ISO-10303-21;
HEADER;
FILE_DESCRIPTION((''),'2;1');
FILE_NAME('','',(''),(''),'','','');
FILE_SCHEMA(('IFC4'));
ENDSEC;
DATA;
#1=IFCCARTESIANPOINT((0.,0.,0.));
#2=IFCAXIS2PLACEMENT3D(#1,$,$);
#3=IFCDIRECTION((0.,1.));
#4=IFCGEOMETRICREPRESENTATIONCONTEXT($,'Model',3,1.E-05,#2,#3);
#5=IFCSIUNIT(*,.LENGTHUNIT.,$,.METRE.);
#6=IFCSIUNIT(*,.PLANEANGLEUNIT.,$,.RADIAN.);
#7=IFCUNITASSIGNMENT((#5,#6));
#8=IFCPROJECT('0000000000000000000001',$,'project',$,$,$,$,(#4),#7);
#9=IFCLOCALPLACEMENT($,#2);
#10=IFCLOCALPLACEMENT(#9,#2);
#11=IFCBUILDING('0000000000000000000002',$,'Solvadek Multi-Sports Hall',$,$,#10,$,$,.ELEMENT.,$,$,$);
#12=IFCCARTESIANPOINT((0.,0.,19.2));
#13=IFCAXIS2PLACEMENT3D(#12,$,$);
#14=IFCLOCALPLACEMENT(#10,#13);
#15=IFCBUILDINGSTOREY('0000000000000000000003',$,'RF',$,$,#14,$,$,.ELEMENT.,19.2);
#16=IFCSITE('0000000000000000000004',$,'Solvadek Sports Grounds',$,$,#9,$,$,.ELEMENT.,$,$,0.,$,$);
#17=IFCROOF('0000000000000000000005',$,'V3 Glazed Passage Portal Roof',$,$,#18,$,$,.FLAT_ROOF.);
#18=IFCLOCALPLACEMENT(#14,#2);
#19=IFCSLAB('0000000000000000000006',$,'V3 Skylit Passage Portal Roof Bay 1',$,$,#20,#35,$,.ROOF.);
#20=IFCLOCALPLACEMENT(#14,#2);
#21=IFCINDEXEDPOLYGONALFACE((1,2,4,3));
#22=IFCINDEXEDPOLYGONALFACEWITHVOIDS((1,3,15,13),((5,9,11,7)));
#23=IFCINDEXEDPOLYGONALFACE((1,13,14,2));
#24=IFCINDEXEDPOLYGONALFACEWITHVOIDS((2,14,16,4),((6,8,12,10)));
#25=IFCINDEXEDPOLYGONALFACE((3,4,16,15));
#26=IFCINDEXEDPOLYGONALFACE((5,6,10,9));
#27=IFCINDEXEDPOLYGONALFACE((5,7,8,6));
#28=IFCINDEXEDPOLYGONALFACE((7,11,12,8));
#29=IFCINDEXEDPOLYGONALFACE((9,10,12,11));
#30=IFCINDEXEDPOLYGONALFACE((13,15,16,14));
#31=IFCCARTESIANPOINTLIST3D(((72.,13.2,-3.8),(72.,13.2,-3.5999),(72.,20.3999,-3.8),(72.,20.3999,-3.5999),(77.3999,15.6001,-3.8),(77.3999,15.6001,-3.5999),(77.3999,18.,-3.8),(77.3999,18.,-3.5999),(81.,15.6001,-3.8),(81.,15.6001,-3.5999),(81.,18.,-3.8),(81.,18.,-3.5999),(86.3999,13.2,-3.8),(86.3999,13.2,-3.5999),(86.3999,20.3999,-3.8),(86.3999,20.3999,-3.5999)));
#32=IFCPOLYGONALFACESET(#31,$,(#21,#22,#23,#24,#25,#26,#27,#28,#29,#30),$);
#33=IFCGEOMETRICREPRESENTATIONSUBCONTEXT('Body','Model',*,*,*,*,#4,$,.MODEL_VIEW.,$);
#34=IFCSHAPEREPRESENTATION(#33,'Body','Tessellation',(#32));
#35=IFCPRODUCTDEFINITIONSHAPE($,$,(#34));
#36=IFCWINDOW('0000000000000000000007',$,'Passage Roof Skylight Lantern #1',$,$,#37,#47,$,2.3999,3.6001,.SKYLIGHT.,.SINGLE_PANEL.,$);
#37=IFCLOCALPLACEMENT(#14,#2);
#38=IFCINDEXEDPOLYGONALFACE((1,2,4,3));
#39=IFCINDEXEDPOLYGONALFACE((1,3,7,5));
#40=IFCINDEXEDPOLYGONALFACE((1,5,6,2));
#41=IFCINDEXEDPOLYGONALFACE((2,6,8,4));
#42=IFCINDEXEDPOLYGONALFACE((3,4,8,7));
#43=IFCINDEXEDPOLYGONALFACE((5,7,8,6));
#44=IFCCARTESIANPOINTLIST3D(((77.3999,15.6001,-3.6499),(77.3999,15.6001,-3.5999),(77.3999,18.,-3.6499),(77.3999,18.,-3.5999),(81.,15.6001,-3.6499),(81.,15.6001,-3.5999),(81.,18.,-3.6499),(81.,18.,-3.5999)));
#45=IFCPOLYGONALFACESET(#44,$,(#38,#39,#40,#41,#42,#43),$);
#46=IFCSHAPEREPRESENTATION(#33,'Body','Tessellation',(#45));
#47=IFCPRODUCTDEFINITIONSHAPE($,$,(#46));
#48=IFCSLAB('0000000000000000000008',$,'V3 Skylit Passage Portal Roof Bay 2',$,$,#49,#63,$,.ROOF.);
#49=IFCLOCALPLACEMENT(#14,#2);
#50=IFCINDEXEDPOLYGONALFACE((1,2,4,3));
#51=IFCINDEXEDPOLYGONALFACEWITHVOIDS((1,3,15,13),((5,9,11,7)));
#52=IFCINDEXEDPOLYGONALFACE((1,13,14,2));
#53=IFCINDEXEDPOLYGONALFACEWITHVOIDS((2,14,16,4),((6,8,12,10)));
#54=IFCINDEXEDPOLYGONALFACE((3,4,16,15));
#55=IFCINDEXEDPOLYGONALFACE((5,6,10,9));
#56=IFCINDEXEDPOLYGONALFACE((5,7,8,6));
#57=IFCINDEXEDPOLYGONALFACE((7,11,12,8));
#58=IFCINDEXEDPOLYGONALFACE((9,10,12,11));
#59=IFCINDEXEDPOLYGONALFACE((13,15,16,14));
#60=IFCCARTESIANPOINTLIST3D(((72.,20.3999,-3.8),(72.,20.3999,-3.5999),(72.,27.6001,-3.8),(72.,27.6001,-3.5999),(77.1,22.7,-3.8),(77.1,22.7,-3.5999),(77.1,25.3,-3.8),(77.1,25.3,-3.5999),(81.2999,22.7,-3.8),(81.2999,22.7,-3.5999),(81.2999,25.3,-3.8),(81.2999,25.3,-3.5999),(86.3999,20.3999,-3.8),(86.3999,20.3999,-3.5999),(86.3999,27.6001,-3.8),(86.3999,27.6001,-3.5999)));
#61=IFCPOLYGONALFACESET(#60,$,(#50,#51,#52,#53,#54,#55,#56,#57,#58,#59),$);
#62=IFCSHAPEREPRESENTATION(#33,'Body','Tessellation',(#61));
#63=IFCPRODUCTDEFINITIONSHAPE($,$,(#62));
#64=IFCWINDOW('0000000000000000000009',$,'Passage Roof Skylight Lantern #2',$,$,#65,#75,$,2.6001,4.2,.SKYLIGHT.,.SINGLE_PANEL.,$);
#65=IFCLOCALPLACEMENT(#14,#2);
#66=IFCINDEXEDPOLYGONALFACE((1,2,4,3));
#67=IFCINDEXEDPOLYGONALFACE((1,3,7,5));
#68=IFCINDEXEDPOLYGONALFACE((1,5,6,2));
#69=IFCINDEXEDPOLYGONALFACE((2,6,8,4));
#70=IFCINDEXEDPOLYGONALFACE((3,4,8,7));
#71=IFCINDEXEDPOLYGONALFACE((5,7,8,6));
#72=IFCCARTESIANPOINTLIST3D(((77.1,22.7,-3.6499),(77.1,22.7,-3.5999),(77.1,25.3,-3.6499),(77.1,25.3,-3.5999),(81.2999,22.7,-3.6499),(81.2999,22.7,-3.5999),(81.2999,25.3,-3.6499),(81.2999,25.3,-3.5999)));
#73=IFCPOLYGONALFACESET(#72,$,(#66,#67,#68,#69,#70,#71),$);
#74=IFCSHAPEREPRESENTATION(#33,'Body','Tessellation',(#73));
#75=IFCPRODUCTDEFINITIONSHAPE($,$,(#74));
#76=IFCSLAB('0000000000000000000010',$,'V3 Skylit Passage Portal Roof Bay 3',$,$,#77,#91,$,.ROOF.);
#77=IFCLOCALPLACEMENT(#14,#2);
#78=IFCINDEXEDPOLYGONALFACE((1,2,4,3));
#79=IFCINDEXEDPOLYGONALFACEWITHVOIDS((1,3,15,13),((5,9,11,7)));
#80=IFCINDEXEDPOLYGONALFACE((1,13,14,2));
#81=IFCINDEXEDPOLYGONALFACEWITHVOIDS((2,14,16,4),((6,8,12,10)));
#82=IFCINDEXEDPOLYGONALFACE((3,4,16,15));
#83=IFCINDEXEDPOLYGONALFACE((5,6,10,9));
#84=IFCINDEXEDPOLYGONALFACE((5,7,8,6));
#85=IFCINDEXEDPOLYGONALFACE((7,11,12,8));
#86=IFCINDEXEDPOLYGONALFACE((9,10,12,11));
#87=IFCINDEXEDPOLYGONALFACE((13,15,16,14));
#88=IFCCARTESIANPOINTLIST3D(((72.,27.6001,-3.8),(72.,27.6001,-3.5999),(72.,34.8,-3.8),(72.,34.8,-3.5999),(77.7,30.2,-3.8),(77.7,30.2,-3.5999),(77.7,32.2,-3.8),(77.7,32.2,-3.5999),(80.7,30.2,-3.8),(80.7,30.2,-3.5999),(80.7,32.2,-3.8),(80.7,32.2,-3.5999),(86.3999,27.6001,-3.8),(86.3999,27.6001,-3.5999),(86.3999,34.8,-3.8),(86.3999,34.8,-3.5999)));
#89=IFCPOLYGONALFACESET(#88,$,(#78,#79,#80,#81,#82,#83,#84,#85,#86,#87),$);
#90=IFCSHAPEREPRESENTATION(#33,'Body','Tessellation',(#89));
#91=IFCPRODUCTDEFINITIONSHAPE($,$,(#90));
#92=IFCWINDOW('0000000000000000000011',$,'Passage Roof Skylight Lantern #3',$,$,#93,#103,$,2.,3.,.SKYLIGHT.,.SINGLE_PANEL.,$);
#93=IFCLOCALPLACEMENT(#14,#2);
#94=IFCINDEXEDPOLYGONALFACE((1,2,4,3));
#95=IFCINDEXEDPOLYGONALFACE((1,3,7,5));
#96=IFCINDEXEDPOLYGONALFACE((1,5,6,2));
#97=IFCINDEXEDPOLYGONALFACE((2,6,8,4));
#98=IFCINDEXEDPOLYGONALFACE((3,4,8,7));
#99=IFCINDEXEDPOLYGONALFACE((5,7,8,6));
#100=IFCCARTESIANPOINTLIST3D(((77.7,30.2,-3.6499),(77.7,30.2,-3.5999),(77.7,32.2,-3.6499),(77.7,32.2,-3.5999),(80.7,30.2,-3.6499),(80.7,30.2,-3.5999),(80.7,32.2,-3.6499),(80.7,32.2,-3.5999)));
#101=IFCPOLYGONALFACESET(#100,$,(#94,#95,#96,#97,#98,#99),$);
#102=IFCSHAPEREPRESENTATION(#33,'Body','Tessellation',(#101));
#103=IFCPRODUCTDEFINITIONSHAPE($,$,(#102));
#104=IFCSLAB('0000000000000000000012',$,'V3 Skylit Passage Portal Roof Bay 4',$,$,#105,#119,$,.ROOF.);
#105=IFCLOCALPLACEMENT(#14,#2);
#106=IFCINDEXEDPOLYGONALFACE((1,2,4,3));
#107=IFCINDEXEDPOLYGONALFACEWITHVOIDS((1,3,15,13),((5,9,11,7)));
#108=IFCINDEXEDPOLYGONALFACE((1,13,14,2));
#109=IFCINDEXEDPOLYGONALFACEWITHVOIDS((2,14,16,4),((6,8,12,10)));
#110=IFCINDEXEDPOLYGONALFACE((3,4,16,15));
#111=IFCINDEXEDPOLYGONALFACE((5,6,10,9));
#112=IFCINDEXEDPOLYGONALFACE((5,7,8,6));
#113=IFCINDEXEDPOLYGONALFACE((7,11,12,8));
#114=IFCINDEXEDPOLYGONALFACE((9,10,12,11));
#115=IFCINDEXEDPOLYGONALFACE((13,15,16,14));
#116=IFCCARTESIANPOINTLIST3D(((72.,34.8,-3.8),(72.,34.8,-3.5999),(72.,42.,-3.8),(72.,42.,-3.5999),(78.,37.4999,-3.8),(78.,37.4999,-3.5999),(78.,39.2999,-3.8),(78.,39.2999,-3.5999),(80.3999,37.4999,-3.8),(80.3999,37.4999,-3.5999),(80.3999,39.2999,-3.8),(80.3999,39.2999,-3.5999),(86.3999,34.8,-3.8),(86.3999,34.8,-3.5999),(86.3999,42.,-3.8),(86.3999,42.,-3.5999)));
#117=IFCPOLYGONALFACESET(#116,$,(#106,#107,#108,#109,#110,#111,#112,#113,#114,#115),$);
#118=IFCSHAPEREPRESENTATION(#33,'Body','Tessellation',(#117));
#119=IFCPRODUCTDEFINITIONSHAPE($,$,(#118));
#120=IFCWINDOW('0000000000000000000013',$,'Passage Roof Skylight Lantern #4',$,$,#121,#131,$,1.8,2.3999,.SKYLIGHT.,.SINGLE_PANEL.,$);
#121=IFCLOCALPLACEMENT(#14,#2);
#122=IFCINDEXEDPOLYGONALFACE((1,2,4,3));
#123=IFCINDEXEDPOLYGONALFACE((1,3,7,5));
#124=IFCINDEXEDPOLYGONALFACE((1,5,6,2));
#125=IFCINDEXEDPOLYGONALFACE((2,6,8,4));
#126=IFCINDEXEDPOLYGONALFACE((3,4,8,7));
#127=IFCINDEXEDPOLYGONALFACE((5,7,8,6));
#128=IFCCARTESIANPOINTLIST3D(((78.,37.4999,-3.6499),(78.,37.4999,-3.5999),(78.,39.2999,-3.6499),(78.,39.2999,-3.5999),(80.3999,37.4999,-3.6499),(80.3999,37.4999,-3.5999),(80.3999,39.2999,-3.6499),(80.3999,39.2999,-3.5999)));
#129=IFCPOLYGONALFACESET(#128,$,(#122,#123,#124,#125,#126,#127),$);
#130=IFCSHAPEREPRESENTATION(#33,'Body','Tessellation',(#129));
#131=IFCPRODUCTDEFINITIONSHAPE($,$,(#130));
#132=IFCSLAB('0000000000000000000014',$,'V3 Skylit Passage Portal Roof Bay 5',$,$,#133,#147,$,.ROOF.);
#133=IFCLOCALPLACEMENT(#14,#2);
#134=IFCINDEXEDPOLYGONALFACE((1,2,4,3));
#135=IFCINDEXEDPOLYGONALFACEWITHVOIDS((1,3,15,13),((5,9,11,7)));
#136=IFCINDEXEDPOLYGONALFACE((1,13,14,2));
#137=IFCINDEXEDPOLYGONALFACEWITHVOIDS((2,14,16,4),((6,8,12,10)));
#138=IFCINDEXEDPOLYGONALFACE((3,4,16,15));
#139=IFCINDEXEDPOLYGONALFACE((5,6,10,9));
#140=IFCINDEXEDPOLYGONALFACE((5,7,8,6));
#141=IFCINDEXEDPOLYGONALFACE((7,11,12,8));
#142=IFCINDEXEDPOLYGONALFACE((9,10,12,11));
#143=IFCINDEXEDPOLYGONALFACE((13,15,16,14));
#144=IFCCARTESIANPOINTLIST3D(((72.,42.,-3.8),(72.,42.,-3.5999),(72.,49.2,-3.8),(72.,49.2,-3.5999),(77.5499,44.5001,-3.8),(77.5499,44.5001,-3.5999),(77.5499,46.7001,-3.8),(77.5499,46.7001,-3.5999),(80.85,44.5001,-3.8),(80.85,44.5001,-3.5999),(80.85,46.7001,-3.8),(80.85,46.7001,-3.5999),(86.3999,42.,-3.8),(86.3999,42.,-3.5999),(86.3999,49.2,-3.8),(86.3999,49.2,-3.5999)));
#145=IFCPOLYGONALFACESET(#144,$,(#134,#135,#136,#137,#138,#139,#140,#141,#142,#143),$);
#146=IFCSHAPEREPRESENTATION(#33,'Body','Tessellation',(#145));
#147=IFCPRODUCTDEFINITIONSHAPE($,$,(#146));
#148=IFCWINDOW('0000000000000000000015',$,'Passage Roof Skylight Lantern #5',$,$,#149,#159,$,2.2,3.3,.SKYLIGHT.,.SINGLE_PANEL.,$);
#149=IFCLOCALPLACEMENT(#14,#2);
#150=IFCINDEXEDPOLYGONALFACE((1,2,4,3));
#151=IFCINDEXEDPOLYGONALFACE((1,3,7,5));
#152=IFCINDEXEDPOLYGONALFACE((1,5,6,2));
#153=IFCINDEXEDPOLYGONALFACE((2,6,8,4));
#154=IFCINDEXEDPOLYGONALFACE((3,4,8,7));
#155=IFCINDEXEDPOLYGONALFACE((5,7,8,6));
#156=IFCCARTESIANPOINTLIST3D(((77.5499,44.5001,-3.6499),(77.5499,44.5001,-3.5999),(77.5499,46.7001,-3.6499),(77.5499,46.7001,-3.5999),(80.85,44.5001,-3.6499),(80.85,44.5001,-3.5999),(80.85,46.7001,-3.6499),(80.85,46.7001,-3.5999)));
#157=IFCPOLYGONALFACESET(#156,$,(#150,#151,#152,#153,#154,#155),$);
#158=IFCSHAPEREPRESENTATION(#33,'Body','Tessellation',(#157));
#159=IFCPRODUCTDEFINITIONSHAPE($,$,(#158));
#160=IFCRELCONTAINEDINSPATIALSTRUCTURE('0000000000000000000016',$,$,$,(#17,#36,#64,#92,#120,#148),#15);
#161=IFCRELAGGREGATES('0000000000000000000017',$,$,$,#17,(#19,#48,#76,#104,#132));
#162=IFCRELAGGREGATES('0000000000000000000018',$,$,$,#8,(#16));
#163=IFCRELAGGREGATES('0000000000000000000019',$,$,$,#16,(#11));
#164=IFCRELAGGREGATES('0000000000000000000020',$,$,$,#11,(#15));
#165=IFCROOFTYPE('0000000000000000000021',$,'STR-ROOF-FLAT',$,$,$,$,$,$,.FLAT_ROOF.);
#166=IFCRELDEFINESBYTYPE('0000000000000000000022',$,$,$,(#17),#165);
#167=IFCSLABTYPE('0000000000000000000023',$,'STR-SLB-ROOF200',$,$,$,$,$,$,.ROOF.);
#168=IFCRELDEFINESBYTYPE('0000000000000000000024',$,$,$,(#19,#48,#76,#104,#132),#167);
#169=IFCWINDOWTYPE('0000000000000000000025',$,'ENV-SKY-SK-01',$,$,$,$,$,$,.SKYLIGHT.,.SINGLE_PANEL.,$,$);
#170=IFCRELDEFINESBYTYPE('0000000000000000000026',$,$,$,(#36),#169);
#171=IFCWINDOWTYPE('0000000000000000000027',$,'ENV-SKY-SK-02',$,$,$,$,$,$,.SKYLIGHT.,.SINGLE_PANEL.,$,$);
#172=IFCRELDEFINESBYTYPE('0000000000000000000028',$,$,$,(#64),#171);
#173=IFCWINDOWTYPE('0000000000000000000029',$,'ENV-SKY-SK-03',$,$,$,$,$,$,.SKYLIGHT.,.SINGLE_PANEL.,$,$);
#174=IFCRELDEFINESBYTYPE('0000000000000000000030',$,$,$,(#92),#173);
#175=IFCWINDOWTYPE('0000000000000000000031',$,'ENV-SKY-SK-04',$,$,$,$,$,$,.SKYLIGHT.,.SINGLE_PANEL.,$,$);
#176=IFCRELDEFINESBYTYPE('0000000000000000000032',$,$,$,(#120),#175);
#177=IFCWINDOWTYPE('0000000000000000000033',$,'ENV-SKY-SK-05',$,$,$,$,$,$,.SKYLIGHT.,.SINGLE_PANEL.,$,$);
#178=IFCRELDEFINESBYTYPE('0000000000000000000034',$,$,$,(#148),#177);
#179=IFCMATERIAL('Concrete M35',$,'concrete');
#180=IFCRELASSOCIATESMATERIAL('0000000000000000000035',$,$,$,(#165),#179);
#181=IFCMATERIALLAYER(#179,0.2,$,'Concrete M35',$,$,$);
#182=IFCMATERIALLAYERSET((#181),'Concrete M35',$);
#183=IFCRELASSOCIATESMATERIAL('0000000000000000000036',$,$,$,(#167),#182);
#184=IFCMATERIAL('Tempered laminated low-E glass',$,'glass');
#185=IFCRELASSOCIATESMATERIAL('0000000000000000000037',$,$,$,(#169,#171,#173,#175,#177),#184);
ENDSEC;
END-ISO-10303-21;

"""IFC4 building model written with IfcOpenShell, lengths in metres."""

from ifc_helpers import new_model, si_unit, direction, frame, origin, origin_2d, place, context, subcontext, project, spatial, polyline, rectangle, outline, extrude, material, layer, layer_set, type_object, element, fill, aggregate, save


model = new_model("IFC4")

# Units and contexts
model_context = context("Model", 3, precision=1e-05, world=origin(), true_north=direction((0.0, 1.0)))
body_context = subcontext(model_context, "Body", "Model", "MODEL_VIEW")
ifc_project = project(units=[si_unit("LENGTHUNIT", "METRE"), si_unit("PLANEANGLEUNIT", "RADIAN")], contexts=[model_context])

# Site, building, storey
site_placement = place(None, origin())
site = spatial("IfcSite", under=ifc_project, at=site_placement, Name="Solvadek Sports Grounds", CompositionType="ELEMENT", RefElevation=0.0)
building_placement = place(site_placement, origin())
building = spatial("IfcBuilding", under=site, at=building_placement, Name="Solvadek Multi-Sports Hall", CompositionType="ELEMENT")
storey_placement = place(building_placement, frame((0.0, 0.0, 19.2)))
storey = spatial("IfcBuildingStorey", under=building, at=storey_placement, Name="RF", CompositionType="ELEMENT", Elevation=19.2)

# Roof, slabs, openings, windows
ifc_material_1 = material(Name="Concrete M35", Category="concrete")
roof_type = type_object("IfcRoofType", Name="STR-ROOF-FLAT", PredefinedType="FLAT_ROOF", material=ifc_material_1)
roof_placement = place(storey_placement, origin())
roof = element("IfcRoof", 1, at=roof_placement, inside=storey, type_object=roof_type, Name="V3 Glazed Passage Portal Roof", PredefinedType="FLAT_ROOF")
ifc_layer_1 = layer(ifc_material_1, 0.2, Name="Concrete M35")
ifc_layer_set_1 = layer_set([ifc_layer_1], Name="Concrete M35")
slab_type = type_object("IfcSlabType", Name="STR-SLB-ROOF200", PredefinedType="ROOF", material=ifc_layer_set_1)
slab_1_placement = place(storey_placement, frame((0.0, 0.0, -3.8)))
slab_1 = element("IfcSlab", 2, at=slab_1_placement, type_object=slab_type, Name="V3 Skylit Passage Portal Roof Bay 1", PredefinedType="ROOF", context=body_context, shape_type="SweptSolid", body=[
    extrude(outline(polyline([(72.0, 13.2), (86.3999, 13.2), (86.3999, 20.3999), (72.0, 20.3999), (72.0, 13.2)])), origin(), (0.0, 0.0, 1.0), 0.2002),
])
opening_1_placement = place(slab_1_placement, frame((79.2, 16.8, 0.0)))
opening_1 = element("IfcOpeningElement", 3, at=opening_1_placement, cuts=slab_1, PredefinedType="OPENING", context=body_context, shape_type="SweptSolid", body=[
    extrude(rectangle(XDim=3.6001, YDim=2.3999, at=origin_2d()), frame((0.0, 0.0, -0.02)), (0.0, 0.0, 1.0), 0.2402),
])
ifc_material_2 = material(Name="Tempered laminated low-E glass", Category="glass")
window_type_1 = type_object("IfcWindowType", Name="ENV-SKY-SK-01", PartitioningType="SINGLE_PANEL", PredefinedType="SKYLIGHT", material=ifc_material_2)
window_1_placement = place(opening_1_placement, frame((0.0, 0.0, 0.1501)))
window_1 = element("IfcWindow", 4, at=window_1_placement, inside=storey, type_object=window_type_1, Name="Passage Roof Skylight Lantern #1", OverallHeight=2.3999, OverallWidth=3.6001, PartitioningType="SINGLE_PANEL", PredefinedType="SKYLIGHT", context=body_context, shape_type="SweptSolid", body=[
    extrude(rectangle(XDim=3.6001, YDim=2.3999, at=origin_2d()), origin(), (0.0, 0.0, 1.0), 0.05),
])
fill(opening_1, window_1)
slab_2_placement = place(storey_placement, frame((0.0, 0.0, -3.8)))
slab_2 = element("IfcSlab", 5, at=slab_2_placement, type_object=slab_type, Name="V3 Skylit Passage Portal Roof Bay 2", PredefinedType="ROOF", context=body_context, shape_type="SweptSolid", body=[
    extrude(outline(polyline([(72.0, 20.3999), (86.3999, 20.3999), (86.3999, 27.6001), (72.0, 27.6001), (72.0, 20.3999)])), origin(), (0.0, 0.0, 1.0), 0.2002),
])
opening_2_placement = place(slab_2_placement, frame((79.2, 24.0, 0.0)))
opening_2 = element("IfcOpeningElement", 6, at=opening_2_placement, cuts=slab_2, PredefinedType="OPENING", context=body_context, shape_type="SweptSolid", body=[
    extrude(rectangle(XDim=4.2, YDim=2.6001, at=origin_2d()), frame((0.0, 0.0, -0.02)), (0.0, 0.0, 1.0), 0.2402),
])
window_type_2 = type_object("IfcWindowType", Name="ENV-SKY-SK-02", PartitioningType="SINGLE_PANEL", PredefinedType="SKYLIGHT", material=ifc_material_2)
window_2_placement = place(opening_2_placement, frame((0.0, 0.0, 0.1501)))
window_2 = element("IfcWindow", 7, at=window_2_placement, inside=storey, type_object=window_type_2, Name="Passage Roof Skylight Lantern #2", OverallHeight=2.6001, OverallWidth=4.2, PartitioningType="SINGLE_PANEL", PredefinedType="SKYLIGHT", context=body_context, shape_type="SweptSolid", body=[
    extrude(rectangle(XDim=4.2, YDim=2.6001, at=origin_2d()), origin(), (0.0, 0.0, 1.0), 0.05),
])
fill(opening_2, window_2)
slab_3_placement = place(storey_placement, frame((0.0, 0.0, -3.8)))
slab_3 = element("IfcSlab", 8, at=slab_3_placement, type_object=slab_type, Name="V3 Skylit Passage Portal Roof Bay 3", PredefinedType="ROOF", context=body_context, shape_type="SweptSolid", body=[
    extrude(outline(polyline([(72.0, 27.6001), (86.3999, 27.6001), (86.3999, 34.8), (72.0, 34.8), (72.0, 27.6001)])), origin(), (0.0, 0.0, 1.0), 0.2002),
])
opening_3_placement = place(slab_3_placement, frame((79.2, 31.2, 0.0)))
opening_3 = element("IfcOpeningElement", 9, at=opening_3_placement, cuts=slab_3, PredefinedType="OPENING", context=body_context, shape_type="SweptSolid", body=[
    extrude(rectangle(XDim=3.0, YDim=2.0, at=origin_2d()), frame((0.0, 0.0, -0.02)), (0.0, 0.0, 1.0), 0.2402),
])
window_type_3 = type_object("IfcWindowType", Name="ENV-SKY-SK-03", PartitioningType="SINGLE_PANEL", PredefinedType="SKYLIGHT", material=ifc_material_2)
window_3_placement = place(opening_3_placement, frame((0.0, 0.0, 0.1501)))
window_3 = element("IfcWindow", 10, at=window_3_placement, inside=storey, type_object=window_type_3, Name="Passage Roof Skylight Lantern #3", OverallHeight=2.0, OverallWidth=3.0, PartitioningType="SINGLE_PANEL", PredefinedType="SKYLIGHT", context=body_context, shape_type="SweptSolid", body=[
    extrude(rectangle(XDim=3.0, YDim=2.0, at=origin_2d()), origin(), (0.0, 0.0, 1.0), 0.05),
])
fill(opening_3, window_3)
slab_4_placement = place(storey_placement, frame((0.0, 0.0, -3.8)))
slab_4 = element("IfcSlab", 11, at=slab_4_placement, type_object=slab_type, Name="V3 Skylit Passage Portal Roof Bay 4", PredefinedType="ROOF", context=body_context, shape_type="SweptSolid", body=[
    extrude(outline(polyline([(72.0, 34.8), (86.3999, 34.8), (86.3999, 42.0), (72.0, 42.0), (72.0, 34.8)])), origin(), (0.0, 0.0, 1.0), 0.2002),
])
opening_4_placement = place(slab_4_placement, frame((79.2, 38.3999, 0.0)))
opening_4 = element("IfcOpeningElement", 12, at=opening_4_placement, cuts=slab_4, PredefinedType="OPENING", context=body_context, shape_type="SweptSolid", body=[
    extrude(rectangle(XDim=2.3999, YDim=1.8, at=origin_2d()), frame((0.0, 0.0, -0.02)), (0.0, 0.0, 1.0), 0.2402),
])
window_type_4 = type_object("IfcWindowType", Name="ENV-SKY-SK-04", PartitioningType="SINGLE_PANEL", PredefinedType="SKYLIGHT", material=ifc_material_2)
window_4_placement = place(opening_4_placement, frame((0.0, 0.0, 0.1501)))
window_4 = element("IfcWindow", 13, at=window_4_placement, inside=storey, type_object=window_type_4, Name="Passage Roof Skylight Lantern #4", OverallHeight=1.8, OverallWidth=2.3999, PartitioningType="SINGLE_PANEL", PredefinedType="SKYLIGHT", context=body_context, shape_type="SweptSolid", body=[
    extrude(rectangle(XDim=2.3999, YDim=1.8, at=origin_2d()), origin(), (0.0, 0.0, 1.0), 0.05),
])
fill(opening_4, window_4)
slab_5_placement = place(storey_placement, frame((0.0, 0.0, -3.8)))
slab_5 = element("IfcSlab", 14, at=slab_5_placement, type_object=slab_type, Name="V3 Skylit Passage Portal Roof Bay 5", PredefinedType="ROOF", context=body_context, shape_type="SweptSolid", body=[
    extrude(outline(polyline([(72.0, 42.0), (86.3999, 42.0), (86.3999, 49.2), (72.0, 49.2), (72.0, 42.0)])), origin(), (0.0, 0.0, 1.0), 0.2002),
])
opening_5_placement = place(slab_5_placement, frame((79.2, 45.6001, 0.0)))
opening_5 = element("IfcOpeningElement", 15, at=opening_5_placement, cuts=slab_5, PredefinedType="OPENING", context=body_context, shape_type="SweptSolid", body=[
    extrude(rectangle(XDim=3.3, YDim=2.2, at=origin_2d()), frame((0.0, 0.0, -0.02)), (0.0, 0.0, 1.0), 0.2402),
])
window_type_5 = type_object("IfcWindowType", Name="ENV-SKY-SK-05", PartitioningType="SINGLE_PANEL", PredefinedType="SKYLIGHT", material=ifc_material_2)
window_5_placement = place(opening_5_placement, frame((0.0, 0.0, 0.1501)))
window_5 = element("IfcWindow", 16, at=window_5_placement, inside=storey, type_object=window_type_5, Name="Passage Roof Skylight Lantern #5", OverallHeight=2.2, OverallWidth=3.3, PartitioningType="SINGLE_PANEL", PredefinedType="SKYLIGHT", context=body_context, shape_type="SweptSolid", body=[
    extrude(rectangle(XDim=3.3, YDim=2.2, at=origin_2d()), origin(), (0.0, 0.0, 1.0), 0.05),
])
fill(opening_5, window_5)
aggregate(roof, [slab_1, slab_2, slab_3, slab_4, slab_5])

save(model, "model.ifc")
